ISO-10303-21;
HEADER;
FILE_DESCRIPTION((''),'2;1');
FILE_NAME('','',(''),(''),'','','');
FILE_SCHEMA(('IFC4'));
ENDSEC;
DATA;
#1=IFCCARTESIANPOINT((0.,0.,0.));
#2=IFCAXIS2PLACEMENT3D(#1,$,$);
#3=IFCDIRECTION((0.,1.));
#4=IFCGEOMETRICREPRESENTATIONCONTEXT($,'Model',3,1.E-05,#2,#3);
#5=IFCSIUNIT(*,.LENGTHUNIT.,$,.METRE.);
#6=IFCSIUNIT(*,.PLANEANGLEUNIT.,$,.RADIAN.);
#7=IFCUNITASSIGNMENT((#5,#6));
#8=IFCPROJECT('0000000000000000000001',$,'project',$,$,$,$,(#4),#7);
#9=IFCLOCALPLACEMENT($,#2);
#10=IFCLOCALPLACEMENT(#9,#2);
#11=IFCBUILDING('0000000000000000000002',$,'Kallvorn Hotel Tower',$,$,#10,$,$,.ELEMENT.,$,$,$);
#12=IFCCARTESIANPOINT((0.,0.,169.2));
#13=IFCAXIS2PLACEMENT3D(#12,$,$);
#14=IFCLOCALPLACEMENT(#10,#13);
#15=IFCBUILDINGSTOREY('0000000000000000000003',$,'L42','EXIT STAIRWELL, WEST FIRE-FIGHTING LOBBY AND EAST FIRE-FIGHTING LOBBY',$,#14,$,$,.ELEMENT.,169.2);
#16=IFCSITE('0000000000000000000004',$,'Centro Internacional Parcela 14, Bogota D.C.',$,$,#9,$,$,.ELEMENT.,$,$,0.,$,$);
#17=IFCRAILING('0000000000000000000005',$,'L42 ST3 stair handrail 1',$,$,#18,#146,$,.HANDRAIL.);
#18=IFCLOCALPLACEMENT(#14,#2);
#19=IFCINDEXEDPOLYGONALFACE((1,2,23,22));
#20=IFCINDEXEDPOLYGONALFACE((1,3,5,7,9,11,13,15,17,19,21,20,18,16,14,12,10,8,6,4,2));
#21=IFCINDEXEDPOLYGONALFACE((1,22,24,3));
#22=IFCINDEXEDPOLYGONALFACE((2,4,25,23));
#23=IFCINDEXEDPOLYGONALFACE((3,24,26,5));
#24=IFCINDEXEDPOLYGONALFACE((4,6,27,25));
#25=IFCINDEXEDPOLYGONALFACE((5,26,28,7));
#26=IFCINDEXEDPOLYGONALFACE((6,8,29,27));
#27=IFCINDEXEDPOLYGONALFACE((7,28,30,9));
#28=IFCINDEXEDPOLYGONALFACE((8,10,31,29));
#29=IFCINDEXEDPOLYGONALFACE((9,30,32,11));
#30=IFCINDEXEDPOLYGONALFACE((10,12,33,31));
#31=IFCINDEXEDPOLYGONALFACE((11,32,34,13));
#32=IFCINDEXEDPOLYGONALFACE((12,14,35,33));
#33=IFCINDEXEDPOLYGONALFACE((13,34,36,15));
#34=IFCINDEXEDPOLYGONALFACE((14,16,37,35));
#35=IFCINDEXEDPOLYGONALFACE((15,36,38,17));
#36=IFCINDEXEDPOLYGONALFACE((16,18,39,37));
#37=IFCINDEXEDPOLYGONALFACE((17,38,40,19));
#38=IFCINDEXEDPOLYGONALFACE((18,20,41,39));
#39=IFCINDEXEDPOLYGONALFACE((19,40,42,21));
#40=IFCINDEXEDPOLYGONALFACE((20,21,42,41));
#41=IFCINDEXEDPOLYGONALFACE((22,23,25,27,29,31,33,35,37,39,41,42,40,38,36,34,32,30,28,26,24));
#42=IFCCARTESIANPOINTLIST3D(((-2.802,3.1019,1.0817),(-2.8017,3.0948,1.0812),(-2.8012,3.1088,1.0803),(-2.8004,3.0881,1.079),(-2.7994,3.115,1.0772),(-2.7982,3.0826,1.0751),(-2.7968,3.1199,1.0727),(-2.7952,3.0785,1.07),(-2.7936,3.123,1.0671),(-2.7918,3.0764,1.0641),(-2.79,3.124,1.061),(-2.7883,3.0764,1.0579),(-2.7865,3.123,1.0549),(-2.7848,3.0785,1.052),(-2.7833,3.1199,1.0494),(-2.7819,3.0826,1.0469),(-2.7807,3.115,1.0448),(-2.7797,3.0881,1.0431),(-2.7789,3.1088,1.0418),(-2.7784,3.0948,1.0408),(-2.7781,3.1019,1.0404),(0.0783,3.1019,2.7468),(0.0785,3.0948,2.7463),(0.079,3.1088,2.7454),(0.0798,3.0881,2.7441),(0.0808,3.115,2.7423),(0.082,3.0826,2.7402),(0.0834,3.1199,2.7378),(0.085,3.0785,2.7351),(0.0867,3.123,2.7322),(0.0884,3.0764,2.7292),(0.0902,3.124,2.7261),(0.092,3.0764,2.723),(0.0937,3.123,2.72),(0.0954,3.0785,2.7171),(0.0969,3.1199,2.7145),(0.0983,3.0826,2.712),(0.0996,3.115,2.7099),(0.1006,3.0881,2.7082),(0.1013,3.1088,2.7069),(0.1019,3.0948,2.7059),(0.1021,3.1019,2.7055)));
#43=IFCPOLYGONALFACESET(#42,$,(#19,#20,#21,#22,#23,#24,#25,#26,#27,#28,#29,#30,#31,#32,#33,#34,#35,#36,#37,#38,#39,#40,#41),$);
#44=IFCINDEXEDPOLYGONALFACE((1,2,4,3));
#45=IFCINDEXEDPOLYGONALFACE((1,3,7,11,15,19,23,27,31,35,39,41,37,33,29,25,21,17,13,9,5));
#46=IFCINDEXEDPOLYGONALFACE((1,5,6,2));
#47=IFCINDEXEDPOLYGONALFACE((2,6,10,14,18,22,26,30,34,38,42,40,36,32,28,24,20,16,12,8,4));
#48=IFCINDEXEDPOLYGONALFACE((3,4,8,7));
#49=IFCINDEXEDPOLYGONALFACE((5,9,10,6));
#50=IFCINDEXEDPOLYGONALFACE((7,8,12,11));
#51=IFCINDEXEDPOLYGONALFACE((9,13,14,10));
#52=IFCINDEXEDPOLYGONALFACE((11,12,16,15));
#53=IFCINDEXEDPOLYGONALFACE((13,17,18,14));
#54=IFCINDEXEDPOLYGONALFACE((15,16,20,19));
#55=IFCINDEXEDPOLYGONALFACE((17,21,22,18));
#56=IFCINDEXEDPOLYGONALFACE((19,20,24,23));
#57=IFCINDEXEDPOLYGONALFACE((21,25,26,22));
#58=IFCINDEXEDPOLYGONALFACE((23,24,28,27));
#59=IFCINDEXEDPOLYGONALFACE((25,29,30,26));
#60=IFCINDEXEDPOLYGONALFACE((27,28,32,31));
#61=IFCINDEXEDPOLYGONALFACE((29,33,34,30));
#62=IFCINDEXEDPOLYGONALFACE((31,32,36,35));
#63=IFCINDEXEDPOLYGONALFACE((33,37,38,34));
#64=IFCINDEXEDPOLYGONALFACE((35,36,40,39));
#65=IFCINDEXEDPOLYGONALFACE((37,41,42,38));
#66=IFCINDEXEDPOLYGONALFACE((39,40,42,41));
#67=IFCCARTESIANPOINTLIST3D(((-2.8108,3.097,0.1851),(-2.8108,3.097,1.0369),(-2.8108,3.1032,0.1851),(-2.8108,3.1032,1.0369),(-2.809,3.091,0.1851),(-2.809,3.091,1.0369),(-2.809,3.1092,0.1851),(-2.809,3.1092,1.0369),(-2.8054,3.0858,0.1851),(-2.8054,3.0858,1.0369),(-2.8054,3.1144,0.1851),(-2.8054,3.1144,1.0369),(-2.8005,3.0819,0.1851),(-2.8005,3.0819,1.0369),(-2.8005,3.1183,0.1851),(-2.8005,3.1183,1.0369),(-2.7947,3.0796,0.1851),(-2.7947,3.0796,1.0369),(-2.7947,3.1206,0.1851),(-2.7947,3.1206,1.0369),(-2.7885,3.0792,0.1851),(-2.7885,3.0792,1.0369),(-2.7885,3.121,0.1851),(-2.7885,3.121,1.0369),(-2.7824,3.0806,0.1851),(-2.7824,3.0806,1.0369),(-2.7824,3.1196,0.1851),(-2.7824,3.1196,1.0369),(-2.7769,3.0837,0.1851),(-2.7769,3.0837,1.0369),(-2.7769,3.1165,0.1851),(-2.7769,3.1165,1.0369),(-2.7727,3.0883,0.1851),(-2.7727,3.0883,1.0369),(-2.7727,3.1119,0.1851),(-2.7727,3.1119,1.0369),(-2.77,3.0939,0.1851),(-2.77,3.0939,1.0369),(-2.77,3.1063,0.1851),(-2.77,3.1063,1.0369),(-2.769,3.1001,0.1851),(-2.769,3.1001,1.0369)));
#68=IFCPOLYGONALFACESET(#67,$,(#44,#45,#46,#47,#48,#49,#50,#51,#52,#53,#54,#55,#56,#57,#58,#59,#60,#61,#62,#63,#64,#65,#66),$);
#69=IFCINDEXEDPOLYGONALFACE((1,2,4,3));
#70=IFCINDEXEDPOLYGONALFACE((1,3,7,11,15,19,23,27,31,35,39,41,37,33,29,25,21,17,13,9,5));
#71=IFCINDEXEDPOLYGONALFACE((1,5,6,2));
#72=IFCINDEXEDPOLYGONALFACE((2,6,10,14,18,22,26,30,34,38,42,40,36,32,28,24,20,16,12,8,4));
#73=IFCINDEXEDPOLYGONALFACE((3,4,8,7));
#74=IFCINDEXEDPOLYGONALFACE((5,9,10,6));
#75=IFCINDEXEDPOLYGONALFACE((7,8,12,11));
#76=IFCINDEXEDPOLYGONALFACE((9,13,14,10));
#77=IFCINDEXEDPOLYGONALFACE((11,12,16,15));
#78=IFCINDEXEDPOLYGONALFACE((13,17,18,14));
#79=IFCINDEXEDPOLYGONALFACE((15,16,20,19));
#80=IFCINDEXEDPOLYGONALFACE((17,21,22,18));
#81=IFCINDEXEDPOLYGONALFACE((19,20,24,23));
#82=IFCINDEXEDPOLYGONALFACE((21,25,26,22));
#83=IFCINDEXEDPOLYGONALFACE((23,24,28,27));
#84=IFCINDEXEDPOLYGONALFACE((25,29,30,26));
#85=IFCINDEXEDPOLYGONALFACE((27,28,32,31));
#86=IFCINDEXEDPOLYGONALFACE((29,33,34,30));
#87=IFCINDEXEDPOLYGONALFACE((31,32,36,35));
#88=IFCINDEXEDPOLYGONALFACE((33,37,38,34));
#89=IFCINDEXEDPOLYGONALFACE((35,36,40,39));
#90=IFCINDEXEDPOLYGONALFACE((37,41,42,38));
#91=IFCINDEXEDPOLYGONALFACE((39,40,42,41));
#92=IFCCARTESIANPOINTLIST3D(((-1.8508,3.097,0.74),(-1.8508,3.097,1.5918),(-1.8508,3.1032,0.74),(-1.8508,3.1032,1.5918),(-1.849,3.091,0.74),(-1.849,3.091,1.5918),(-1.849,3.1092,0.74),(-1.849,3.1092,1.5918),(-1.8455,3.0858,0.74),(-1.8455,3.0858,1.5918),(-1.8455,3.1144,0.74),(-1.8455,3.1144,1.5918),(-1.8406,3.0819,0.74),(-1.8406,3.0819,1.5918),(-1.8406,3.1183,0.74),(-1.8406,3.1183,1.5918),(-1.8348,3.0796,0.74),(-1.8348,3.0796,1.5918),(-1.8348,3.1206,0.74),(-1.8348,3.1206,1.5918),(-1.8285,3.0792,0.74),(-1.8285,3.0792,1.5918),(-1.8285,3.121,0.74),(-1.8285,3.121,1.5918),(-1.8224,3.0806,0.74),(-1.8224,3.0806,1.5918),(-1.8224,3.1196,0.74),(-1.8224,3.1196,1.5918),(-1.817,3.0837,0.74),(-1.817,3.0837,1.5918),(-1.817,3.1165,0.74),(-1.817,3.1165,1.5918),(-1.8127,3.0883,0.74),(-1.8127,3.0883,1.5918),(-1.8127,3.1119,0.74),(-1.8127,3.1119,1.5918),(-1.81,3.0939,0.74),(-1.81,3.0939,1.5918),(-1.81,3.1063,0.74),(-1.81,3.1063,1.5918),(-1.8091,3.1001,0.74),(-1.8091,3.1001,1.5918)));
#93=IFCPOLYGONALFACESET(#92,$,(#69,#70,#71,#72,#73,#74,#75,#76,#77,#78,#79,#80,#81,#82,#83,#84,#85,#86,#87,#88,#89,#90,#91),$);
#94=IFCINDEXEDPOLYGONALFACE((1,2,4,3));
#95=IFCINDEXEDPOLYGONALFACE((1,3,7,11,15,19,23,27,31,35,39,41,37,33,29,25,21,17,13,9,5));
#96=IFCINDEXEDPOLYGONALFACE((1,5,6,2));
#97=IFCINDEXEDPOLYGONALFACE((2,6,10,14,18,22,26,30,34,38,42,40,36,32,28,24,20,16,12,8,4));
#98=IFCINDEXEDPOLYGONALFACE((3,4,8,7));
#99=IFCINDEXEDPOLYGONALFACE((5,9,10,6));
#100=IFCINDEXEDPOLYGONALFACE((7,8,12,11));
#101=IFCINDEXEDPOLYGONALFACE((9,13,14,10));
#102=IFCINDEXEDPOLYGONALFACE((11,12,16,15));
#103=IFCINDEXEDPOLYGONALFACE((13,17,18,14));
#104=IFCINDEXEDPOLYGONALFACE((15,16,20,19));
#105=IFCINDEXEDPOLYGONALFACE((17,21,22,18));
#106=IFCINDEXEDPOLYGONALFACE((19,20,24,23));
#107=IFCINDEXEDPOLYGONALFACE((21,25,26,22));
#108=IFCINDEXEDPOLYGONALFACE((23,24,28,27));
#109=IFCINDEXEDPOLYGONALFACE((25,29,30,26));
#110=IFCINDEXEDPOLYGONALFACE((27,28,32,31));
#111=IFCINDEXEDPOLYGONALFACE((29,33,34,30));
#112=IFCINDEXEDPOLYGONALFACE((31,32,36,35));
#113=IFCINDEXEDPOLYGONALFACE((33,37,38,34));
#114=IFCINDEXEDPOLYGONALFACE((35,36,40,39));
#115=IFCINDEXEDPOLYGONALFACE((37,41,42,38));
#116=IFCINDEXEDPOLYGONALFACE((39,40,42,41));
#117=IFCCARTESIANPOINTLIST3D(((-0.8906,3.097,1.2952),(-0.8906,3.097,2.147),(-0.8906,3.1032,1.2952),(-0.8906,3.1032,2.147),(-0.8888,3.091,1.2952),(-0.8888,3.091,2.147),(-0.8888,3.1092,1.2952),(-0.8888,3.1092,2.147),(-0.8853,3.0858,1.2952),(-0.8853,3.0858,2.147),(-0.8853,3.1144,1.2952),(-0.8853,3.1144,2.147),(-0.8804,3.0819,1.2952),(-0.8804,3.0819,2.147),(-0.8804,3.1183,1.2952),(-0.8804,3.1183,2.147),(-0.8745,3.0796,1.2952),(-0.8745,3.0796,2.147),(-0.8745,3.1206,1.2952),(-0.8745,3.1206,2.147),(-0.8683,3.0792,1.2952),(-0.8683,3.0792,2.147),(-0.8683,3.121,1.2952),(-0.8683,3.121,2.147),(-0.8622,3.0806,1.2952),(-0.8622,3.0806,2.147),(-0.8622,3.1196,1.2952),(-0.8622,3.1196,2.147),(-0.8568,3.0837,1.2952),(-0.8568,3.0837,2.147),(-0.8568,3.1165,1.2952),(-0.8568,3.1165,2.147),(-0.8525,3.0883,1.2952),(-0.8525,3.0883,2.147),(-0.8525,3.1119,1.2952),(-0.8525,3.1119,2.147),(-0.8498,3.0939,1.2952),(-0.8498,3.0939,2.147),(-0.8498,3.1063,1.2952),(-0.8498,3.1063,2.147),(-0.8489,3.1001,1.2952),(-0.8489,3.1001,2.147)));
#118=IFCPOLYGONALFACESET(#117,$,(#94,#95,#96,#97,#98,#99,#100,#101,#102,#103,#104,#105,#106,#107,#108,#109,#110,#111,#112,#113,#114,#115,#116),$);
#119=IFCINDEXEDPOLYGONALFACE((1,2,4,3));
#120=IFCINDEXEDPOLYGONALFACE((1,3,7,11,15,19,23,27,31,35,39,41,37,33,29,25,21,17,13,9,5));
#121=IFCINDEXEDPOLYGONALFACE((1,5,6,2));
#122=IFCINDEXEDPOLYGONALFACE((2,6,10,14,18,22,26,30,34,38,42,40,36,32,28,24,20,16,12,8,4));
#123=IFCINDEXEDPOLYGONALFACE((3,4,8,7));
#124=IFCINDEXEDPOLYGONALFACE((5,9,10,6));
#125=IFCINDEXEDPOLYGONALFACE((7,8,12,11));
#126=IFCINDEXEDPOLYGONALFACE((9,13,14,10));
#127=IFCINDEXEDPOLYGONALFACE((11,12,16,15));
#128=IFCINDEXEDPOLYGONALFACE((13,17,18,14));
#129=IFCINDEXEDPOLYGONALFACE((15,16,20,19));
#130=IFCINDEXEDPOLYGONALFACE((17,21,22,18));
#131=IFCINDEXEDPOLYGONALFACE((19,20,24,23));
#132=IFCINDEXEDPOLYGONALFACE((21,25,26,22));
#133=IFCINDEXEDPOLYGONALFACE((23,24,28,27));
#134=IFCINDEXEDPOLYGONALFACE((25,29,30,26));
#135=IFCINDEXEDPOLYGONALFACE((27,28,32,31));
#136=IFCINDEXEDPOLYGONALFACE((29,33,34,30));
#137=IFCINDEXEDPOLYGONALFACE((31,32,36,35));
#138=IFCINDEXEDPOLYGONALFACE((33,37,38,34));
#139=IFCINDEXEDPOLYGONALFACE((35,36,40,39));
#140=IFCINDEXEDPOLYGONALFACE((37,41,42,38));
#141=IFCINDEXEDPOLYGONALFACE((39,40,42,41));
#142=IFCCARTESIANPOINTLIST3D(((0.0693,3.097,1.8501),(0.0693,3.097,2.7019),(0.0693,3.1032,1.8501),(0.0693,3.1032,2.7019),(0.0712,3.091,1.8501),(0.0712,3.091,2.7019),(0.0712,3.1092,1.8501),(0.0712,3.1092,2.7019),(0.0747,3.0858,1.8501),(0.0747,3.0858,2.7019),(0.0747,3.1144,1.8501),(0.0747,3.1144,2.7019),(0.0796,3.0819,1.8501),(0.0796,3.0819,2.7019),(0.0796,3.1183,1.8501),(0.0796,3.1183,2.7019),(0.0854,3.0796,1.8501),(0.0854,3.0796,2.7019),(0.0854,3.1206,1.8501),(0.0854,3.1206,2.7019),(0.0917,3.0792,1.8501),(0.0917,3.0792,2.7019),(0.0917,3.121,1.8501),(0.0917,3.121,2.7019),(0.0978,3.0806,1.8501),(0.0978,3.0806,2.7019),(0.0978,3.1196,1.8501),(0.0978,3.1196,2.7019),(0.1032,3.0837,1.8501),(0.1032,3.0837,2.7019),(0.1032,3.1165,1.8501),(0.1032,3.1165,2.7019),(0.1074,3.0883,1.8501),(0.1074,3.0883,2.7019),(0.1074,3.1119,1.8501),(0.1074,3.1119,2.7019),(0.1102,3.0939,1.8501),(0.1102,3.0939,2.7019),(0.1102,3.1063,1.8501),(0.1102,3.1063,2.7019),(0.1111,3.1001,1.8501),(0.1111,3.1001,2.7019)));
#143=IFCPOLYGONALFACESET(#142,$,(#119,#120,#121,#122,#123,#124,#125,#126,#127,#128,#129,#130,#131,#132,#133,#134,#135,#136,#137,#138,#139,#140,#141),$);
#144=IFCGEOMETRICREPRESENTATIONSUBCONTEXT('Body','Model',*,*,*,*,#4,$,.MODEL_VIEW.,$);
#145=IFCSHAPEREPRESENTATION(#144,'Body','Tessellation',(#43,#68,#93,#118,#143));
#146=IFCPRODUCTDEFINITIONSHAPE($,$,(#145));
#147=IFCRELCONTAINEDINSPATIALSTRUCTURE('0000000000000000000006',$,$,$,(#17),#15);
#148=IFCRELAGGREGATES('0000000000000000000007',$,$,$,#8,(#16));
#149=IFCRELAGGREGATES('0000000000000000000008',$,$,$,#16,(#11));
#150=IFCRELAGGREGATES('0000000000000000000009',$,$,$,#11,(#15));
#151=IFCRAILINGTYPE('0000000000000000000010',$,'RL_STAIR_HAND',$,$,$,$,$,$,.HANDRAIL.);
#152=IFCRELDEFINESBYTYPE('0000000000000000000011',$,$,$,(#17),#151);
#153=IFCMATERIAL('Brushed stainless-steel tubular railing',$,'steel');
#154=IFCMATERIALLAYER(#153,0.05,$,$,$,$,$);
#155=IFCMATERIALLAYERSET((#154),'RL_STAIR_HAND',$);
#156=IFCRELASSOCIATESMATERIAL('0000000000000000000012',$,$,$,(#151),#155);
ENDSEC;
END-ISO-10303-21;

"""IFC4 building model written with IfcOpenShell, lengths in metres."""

from ifc_helpers import new_model, si_unit, direction, frame, origin, origin_2d, place, context, subcontext, project, spatial, circle, extrude, material, layer, layer_set, type_object, element, save


model = new_model("IFC4")

# Units and contexts
model_context = context("Model", 3, precision=1e-05, world=origin(), true_north=direction((0.0, 1.0)))
body_context = subcontext(model_context, "Body", "Model", "MODEL_VIEW")
ifc_project = project(units=[si_unit("LENGTHUNIT", "METRE"), si_unit("PLANEANGLEUNIT", "RADIAN")], contexts=[model_context])

# Site, building, storey
site_placement = place(None, origin())
site = spatial("IfcSite", under=ifc_project, at=site_placement, Name="Centro Internacional Parcela 14, Bogota D.C.", CompositionType="ELEMENT", RefElevation=0.0)
building_placement = place(site_placement, origin())
building = spatial("IfcBuilding", under=site, at=building_placement, Name="Kallvorn Hotel Tower", CompositionType="ELEMENT")
storey_placement = place(building_placement, frame((0.0, 0.0, 169.2)))
storey = spatial("IfcBuildingStorey", under=building, at=storey_placement, Name="L42", Description="EXIT STAIRWELL, WEST FIRE-FIGHTING LOBBY AND EAST FIRE-FIGHTING LOBBY", CompositionType="ELEMENT", Elevation=169.2)

# Railing
ifc_material_1 = material(Name="Brushed stainless-steel tubular railing", Category="steel")
ifc_layer_1 = layer(ifc_material_1, 0.05)
ifc_layer_set_1 = layer_set([ifc_layer_1], Name="RL_STAIR_HAND")
railing_type_1 = type_object("IfcRailingType", Name="RL_STAIR_HAND", PredefinedType="HANDRAIL", material=ifc_layer_set_1)
railing_1_placement = place(storey_placement, frame((-2.79, 3.1001, 0.1851)))
element("IfcRailing", 1, at=railing_1_placement, inside=storey, type_object=railing_type_1, Name="L42 ST3 stair handrail 1", PredefinedType="HANDRAIL", context=body_context, shape_type="SweptSolid", body=[
    extrude(circle(Radius=0.0239, at=origin_2d()), frame((0.0, 0.0, 0.876), z_axis=(0.865739, 0.0, 0.500495), x_axis=(0.0, 1.0, 0.0)), (0.0, 0.0, 1.0), 3.3269),
    extrude(circle(Radius=0.021, at=origin_2d()), origin(), (0.0, 0.0, 1.0), 0.8518),
    extrude(circle(Radius=0.021, at=origin_2d()), frame((0.96, 0.0, 0.5549)), (0.0, 0.0, 1.0), 0.8518),
    extrude(circle(Radius=0.021, at=origin_2d()), frame((1.9202, 0.0, 1.1101)), (0.0, 0.0, 1.0), 0.8518),
    extrude(circle(Radius=0.021, at=origin_2d()), frame((2.8801, 0.0, 1.665)), (0.0, 0.0, 1.0), 0.8518),
])

save(model, "model.ifc")
